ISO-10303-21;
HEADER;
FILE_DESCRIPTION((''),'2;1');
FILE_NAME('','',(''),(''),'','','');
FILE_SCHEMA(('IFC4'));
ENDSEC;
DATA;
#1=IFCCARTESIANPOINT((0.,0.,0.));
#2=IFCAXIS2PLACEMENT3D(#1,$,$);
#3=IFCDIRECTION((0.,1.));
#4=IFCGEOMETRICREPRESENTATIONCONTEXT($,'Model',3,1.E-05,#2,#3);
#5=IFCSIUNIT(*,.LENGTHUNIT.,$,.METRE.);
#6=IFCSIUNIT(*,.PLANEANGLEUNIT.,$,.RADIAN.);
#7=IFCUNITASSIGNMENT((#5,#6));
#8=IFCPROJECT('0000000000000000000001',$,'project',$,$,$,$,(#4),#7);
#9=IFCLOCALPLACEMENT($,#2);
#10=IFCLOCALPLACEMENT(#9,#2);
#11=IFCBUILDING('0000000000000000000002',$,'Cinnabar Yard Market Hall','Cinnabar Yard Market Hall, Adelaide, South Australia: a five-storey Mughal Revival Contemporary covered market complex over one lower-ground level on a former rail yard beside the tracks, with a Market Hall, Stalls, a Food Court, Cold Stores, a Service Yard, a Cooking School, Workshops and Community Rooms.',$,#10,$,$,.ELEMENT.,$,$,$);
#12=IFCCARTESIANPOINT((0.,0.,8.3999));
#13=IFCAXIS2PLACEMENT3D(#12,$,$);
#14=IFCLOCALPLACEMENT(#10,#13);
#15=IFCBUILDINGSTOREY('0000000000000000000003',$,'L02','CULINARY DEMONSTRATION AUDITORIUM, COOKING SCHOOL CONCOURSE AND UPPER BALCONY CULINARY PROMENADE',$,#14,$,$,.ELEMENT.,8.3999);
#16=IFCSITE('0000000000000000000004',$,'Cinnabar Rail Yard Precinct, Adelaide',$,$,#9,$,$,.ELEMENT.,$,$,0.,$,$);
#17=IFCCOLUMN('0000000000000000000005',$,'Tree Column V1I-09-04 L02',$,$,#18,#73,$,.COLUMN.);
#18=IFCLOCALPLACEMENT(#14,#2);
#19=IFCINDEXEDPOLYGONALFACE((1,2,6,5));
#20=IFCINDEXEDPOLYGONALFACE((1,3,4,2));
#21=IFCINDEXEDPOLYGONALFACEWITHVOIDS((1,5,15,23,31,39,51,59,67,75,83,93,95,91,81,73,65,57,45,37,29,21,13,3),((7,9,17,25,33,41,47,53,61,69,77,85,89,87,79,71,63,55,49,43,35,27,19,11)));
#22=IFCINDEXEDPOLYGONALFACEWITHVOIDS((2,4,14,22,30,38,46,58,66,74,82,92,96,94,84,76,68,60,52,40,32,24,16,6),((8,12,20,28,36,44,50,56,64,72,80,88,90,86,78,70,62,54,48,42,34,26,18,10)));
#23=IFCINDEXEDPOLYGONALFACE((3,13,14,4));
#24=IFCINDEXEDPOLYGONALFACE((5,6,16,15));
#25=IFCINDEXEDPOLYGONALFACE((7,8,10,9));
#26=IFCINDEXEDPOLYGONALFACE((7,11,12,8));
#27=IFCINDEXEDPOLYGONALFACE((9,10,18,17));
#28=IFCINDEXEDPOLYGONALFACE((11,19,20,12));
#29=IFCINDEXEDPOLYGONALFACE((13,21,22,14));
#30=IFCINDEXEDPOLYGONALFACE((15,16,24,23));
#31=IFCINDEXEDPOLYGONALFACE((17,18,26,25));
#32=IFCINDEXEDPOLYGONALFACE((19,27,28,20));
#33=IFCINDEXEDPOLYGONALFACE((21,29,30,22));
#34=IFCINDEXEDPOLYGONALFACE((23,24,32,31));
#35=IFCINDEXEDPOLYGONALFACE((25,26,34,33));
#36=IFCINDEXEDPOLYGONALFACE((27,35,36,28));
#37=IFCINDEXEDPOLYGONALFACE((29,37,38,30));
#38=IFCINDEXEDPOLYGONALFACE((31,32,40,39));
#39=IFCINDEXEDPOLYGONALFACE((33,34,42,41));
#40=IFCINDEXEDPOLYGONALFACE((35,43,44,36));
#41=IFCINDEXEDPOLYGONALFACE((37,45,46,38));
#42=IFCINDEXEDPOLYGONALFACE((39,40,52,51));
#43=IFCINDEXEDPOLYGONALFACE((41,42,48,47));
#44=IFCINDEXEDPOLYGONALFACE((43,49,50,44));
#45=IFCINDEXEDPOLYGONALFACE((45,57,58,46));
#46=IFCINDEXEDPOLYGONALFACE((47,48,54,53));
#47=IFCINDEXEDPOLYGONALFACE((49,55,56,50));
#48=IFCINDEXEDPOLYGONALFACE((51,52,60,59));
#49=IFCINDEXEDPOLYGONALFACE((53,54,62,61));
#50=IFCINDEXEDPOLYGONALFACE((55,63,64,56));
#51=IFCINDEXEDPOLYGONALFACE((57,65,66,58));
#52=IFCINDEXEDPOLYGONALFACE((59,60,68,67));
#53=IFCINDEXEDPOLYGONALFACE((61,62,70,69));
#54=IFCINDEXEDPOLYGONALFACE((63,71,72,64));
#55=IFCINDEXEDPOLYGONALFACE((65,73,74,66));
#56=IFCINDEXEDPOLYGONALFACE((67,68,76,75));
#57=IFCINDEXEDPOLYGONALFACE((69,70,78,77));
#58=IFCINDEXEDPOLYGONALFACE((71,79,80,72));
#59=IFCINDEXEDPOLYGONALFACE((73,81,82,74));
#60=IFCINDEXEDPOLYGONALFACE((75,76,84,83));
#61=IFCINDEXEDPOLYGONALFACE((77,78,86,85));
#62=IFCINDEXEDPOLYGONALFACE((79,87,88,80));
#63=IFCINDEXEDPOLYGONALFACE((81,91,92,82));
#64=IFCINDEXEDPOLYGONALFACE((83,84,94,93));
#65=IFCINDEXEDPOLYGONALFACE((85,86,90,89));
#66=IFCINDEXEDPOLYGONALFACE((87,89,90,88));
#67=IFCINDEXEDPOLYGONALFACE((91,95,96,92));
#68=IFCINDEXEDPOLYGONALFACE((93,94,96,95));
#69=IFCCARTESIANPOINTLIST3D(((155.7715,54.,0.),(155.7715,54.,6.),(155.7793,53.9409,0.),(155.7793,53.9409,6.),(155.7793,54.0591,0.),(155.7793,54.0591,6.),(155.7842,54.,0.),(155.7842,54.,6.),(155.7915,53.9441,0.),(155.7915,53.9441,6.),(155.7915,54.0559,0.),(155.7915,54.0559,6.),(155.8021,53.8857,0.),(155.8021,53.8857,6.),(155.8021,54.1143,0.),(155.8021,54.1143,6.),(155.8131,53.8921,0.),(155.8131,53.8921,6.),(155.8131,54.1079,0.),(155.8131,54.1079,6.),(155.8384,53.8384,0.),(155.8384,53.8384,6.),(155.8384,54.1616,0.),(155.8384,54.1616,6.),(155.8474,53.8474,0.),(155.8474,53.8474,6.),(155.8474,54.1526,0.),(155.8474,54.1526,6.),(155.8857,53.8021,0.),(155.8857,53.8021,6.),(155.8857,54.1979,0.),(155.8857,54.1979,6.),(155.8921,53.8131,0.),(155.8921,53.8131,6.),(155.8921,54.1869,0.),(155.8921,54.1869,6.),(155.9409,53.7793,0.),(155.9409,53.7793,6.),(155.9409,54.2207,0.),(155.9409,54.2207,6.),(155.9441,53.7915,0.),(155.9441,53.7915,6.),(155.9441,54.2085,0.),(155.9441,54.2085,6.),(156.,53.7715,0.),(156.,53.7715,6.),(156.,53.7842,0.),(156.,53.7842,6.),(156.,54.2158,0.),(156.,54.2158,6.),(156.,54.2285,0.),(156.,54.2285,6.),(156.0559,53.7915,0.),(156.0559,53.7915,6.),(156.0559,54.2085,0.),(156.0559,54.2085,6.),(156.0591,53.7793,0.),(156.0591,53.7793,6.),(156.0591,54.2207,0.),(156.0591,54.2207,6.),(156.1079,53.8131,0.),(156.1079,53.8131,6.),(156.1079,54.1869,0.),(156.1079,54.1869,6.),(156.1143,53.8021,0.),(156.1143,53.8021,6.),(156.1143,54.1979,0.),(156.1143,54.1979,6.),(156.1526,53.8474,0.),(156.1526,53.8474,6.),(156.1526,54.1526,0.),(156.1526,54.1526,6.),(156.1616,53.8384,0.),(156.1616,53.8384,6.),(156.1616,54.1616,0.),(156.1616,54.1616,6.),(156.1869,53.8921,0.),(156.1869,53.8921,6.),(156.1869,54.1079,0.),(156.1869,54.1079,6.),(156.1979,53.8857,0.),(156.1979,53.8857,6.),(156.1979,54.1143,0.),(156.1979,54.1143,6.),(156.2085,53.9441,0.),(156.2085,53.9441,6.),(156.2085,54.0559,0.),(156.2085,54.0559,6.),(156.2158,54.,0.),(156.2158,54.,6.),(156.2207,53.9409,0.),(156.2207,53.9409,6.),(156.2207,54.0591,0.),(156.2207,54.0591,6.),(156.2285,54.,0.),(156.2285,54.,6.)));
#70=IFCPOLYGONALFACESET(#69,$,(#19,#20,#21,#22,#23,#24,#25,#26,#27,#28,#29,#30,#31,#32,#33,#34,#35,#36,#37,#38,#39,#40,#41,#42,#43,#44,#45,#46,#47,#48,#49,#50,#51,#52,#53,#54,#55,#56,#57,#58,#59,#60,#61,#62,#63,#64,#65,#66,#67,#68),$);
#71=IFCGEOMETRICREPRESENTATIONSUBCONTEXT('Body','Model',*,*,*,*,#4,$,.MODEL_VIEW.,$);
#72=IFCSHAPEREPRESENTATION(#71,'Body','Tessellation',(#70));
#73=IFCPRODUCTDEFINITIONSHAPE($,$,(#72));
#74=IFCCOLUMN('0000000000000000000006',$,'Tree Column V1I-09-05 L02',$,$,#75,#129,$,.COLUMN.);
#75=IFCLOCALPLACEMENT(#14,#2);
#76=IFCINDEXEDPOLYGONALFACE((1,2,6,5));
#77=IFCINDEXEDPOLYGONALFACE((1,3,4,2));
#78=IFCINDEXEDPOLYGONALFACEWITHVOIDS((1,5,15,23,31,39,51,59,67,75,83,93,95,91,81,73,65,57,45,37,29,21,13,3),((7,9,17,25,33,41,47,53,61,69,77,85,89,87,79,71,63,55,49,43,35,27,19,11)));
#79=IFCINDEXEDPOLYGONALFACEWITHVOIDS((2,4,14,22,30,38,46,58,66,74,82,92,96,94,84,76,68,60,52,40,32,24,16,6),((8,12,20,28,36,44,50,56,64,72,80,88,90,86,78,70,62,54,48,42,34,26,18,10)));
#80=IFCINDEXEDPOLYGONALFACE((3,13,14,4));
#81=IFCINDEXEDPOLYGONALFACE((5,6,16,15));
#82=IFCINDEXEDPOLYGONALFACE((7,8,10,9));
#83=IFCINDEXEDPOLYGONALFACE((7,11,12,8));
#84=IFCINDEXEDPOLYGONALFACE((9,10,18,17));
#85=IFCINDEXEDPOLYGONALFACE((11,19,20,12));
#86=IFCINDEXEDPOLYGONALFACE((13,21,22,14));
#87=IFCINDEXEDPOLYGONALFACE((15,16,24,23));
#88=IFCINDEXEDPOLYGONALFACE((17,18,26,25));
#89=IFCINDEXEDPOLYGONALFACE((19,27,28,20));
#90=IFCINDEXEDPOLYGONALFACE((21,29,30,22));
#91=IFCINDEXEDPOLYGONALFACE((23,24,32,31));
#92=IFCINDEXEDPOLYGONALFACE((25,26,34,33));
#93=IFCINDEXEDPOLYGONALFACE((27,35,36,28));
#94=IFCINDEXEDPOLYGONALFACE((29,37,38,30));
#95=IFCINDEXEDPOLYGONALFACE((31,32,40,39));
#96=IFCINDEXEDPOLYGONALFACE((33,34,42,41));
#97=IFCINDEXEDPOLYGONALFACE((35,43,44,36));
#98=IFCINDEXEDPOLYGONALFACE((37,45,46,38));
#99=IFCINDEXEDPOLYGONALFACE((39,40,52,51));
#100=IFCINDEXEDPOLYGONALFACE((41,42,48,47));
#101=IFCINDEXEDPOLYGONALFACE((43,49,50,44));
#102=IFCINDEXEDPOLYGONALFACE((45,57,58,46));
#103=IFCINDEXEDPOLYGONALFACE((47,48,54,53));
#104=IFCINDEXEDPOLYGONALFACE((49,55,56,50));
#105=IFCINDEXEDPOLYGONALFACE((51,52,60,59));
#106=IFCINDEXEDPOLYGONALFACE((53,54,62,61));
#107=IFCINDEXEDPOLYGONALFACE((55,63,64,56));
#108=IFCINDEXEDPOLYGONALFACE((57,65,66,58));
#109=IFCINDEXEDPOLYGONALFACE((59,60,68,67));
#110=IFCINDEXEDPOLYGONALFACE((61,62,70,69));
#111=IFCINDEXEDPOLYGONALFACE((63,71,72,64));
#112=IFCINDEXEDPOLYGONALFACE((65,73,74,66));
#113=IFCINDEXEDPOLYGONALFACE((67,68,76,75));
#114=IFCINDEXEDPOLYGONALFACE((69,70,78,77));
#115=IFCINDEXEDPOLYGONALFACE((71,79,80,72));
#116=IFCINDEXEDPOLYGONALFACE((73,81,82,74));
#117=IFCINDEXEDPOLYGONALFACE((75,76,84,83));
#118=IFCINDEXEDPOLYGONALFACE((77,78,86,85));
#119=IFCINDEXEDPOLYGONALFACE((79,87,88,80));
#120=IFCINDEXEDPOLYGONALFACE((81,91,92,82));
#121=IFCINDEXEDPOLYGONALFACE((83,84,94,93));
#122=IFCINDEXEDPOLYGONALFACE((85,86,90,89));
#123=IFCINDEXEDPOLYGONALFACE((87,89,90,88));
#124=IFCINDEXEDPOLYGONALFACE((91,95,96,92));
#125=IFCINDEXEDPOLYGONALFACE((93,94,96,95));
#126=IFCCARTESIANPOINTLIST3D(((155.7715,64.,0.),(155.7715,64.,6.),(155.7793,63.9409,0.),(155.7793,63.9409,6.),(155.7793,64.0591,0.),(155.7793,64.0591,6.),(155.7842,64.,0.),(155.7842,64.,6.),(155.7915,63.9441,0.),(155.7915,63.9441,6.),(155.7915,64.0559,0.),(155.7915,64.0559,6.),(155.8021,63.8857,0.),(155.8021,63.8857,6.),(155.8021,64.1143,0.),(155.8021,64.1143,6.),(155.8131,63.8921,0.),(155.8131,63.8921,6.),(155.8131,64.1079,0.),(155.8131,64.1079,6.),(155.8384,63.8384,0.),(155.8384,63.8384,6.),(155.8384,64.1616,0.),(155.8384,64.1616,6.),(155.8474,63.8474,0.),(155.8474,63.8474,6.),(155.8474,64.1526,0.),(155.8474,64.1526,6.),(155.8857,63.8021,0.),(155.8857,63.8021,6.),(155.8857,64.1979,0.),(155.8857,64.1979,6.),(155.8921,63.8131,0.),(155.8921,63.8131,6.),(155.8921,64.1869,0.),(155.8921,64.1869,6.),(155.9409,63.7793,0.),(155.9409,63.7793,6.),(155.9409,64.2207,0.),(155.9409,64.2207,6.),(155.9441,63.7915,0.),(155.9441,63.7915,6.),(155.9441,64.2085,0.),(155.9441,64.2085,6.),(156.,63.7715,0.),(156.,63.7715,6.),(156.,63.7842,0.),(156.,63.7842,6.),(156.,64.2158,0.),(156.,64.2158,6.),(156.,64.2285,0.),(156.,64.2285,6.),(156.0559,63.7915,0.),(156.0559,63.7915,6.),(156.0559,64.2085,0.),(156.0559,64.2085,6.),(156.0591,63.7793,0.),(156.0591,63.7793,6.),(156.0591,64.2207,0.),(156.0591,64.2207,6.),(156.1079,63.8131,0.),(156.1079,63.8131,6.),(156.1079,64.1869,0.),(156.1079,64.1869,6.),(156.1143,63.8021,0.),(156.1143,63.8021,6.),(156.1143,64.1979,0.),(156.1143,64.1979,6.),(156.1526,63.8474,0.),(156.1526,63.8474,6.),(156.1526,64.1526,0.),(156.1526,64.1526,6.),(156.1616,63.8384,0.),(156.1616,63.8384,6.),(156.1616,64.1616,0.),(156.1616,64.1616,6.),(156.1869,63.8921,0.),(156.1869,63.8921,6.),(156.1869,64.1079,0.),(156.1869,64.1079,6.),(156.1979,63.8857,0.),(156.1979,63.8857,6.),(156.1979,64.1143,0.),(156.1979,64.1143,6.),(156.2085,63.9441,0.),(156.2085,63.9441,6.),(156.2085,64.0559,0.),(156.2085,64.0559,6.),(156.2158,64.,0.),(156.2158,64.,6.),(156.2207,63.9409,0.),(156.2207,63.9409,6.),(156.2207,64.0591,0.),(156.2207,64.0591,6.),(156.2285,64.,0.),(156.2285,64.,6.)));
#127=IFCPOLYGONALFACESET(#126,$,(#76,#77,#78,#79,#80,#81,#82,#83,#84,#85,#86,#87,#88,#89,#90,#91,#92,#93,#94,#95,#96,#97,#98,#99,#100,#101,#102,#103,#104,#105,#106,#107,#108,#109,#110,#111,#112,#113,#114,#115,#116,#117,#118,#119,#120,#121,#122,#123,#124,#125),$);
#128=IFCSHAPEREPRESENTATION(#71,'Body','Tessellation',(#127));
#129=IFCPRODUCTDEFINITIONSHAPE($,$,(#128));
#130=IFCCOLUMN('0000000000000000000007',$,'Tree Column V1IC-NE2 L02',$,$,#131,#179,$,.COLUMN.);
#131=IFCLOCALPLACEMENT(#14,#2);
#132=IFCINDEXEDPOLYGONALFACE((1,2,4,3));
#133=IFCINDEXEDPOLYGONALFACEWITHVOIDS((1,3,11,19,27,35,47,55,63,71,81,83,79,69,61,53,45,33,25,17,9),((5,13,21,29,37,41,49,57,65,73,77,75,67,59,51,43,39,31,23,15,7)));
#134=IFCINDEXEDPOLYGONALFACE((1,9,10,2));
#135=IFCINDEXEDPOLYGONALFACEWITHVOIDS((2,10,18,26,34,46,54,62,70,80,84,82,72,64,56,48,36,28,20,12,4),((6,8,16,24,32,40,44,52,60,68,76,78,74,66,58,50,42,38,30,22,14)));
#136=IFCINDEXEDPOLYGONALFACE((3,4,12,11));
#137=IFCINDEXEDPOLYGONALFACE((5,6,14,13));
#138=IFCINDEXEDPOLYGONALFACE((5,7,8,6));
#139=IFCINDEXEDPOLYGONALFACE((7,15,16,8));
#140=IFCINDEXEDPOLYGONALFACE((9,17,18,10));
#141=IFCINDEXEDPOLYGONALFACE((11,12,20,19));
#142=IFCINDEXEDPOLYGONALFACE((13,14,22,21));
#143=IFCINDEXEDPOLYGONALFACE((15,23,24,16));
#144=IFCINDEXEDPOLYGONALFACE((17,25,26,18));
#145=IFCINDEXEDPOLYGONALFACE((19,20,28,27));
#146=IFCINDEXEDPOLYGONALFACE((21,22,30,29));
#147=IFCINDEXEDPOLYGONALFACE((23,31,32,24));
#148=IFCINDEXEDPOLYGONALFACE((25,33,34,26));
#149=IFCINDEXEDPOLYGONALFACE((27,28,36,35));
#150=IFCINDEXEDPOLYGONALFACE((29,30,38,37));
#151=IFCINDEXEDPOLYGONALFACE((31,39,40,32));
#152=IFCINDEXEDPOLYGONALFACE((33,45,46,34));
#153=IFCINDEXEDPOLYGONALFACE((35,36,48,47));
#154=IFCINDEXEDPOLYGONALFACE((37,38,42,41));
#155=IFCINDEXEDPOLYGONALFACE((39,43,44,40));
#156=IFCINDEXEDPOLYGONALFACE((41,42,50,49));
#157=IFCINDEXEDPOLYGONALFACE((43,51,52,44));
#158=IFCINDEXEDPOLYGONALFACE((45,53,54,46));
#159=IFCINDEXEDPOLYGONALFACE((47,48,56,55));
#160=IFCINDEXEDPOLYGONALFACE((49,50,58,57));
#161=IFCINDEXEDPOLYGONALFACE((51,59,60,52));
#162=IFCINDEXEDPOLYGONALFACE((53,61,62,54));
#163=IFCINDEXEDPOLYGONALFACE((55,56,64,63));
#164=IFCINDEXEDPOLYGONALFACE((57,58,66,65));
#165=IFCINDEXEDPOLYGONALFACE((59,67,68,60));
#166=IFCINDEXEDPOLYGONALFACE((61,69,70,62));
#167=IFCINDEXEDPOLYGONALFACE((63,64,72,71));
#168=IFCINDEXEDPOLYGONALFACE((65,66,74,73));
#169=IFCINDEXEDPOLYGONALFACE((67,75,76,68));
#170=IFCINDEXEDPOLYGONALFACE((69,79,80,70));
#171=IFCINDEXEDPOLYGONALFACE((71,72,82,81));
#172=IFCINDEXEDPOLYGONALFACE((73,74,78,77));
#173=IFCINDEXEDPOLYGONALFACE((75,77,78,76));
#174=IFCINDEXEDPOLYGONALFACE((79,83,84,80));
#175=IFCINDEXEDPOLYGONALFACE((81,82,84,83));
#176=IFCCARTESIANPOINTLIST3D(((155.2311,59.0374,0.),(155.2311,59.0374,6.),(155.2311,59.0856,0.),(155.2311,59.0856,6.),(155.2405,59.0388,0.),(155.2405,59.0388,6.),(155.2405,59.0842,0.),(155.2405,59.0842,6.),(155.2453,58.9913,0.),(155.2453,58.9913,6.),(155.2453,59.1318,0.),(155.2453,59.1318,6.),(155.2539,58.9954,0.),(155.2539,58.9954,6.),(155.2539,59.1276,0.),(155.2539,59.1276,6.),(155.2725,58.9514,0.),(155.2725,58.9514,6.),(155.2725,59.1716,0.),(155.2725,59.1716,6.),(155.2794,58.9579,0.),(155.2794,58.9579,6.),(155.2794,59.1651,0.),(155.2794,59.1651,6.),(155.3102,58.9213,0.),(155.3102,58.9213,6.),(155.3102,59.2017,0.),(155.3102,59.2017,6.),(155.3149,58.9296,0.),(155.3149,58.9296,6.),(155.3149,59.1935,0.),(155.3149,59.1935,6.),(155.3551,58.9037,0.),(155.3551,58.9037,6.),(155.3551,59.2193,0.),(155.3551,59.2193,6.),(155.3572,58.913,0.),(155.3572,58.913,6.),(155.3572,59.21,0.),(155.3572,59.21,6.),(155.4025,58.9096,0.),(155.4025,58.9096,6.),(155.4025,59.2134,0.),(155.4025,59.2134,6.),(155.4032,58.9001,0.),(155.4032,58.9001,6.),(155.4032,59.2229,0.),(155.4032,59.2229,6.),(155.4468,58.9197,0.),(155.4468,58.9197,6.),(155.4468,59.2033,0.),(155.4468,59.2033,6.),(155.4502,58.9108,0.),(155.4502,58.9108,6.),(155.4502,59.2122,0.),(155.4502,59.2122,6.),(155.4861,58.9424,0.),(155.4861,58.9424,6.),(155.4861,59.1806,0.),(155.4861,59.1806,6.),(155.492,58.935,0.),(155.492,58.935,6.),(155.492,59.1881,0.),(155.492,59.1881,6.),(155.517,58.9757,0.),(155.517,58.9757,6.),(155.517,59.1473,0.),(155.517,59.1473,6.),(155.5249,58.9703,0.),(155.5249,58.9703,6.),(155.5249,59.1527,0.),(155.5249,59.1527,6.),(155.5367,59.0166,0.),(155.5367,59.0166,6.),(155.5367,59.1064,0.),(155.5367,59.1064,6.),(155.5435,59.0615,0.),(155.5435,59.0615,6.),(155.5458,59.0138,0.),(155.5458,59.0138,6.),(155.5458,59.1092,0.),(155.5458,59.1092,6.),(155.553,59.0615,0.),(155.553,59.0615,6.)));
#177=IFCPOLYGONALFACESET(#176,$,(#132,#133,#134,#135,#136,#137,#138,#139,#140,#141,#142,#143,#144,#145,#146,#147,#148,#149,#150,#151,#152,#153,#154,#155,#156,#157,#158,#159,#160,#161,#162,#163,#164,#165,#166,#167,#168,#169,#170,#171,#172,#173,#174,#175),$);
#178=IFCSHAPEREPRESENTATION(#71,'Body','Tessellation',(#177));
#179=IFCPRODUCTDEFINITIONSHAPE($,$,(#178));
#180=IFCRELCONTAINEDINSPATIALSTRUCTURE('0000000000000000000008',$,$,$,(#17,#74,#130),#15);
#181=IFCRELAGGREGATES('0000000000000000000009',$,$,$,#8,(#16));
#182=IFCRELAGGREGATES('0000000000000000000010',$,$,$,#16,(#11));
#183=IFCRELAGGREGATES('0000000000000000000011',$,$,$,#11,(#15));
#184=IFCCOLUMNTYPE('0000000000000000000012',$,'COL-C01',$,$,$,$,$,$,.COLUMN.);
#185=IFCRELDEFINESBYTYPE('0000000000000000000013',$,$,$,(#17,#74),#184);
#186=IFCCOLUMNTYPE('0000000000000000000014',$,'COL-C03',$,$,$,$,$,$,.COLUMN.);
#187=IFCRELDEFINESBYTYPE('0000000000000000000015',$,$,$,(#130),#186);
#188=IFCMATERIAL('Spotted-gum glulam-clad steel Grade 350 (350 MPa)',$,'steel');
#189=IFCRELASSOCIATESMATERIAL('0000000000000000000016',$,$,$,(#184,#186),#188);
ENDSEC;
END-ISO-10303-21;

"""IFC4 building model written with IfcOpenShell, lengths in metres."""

from ifc_helpers import new_model, si_unit, direction, frame, origin, origin_2d_with_axis, place, context, subcontext, project, spatial, hollow_circle, extrude, material, material_profile, profile_set, type_object, element, save


model = new_model("IFC4")

# Units and contexts
model_context = context("Model", 3, precision=1e-05, world=origin(), true_north=direction((0.0, 1.0)))
body_context = subcontext(model_context, "Body", "Model", "MODEL_VIEW")
ifc_project = project(units=[si_unit("LENGTHUNIT", "METRE"), si_unit("PLANEANGLEUNIT", "RADIAN")], contexts=[model_context])

# Site, building, storey
site_placement = place(None, origin())
site = spatial("IfcSite", under=ifc_project, at=site_placement, Name="Cinnabar Rail Yard Precinct, Adelaide", CompositionType="ELEMENT", RefElevation=0.0)
building_placement = place(site_placement, origin())
building = spatial("IfcBuilding", under=site, at=building_placement, Name="Cinnabar Yard Market Hall", Description="Cinnabar Yard Market Hall, Adelaide, South Australia: a five-storey Mughal Revival Contemporary covered market complex over one lower-ground level on a former rail yard beside the tracks, with a Market Hall, Stalls, a Food Court, Cold Stores, a Service Yard, a Cooking School, Workshops and Community Rooms.", CompositionType="ELEMENT")
storey_placement = place(building_placement, frame((0.0, 0.0, 8.3999)))
storey = spatial("IfcBuildingStorey", under=building, at=storey_placement, Name="L02", Description="CULINARY DEMONSTRATION AUDITORIUM, COOKING SCHOOL CONCOURSE AND UPPER BALCONY CULINARY PROMENADE", CompositionType="ELEMENT", Elevation=8.3999)

# Columns
ifc_material_1 = material(Name="Spotted-gum glulam-clad steel Grade 350 (350 MPa)", Category="steel")
ifc_material_profile_1 = material_profile(ifc_material_1, hollow_circle(Radius=0.2285, WallThickness=0.0127, at=origin_2d_with_axis()), Name="457.0x12.7CHS")
ifc_profile_set_1 = profile_set([ifc_material_profile_1], Name="Spotted-gum glulam-clad steel Grade 350 (350 MPa)")
column_type_1 = type_object("IfcColumnType", Name="COL-C01", PredefinedType="COLUMN", material=ifc_profile_set_1)
for number, where, z_axis, x_axis, name in (
    (1, (156.0, 54.0, 0.0), (0.0, 0.0, 1.0), (1.0, 0.0, 0.0), "Tree Column V1I-09-04 L02"),
    (2, (156.0, 64.0, 0.0), (0.0, 0.0, 1.0), (1.0, 0.0, 0.0), "Tree Column V1I-09-05 L02"),
):
    element("IfcColumn", number, at=place(storey_placement, frame(where, z_axis=z_axis, x_axis=x_axis)), inside=storey, type_object=column_type_1, Name=name, PredefinedType="COLUMN", context=body_context, shape_type="SweptSolid", body=[
        extrude(hollow_circle(Radius=0.2285, WallThickness=0.0127, at=origin_2d_with_axis()), origin(), (0.0, 0.0, 1.0), 6.0),
    ])
ifc_material_profile_2 = material_profile(ifc_material_1, hollow_circle(Radius=0.1619, WallThickness=0.0095, at=origin_2d_with_axis()), Name="323.9x9.5CHS")
ifc_profile_set_2 = profile_set([ifc_material_profile_2], Name="Spotted-gum glulam-clad steel Grade 350 (350 MPa)")
column_type_2 = type_object("IfcColumnType", Name="COL-C03", PredefinedType="COLUMN", material=ifc_profile_set_2)
for number, where, z_axis, x_axis, name in (
    (3, (155.3911, 59.0615, 0.0), (0.0, 0.0, 1.0), (1.0, 0.0, 0.0), "Tree Column V1IC-NE2 L02"),
):
    element("IfcColumn", number, at=place(storey_placement, frame(where, z_axis=z_axis, x_axis=x_axis)), inside=storey, type_object=column_type_2, Name=name, PredefinedType="COLUMN", context=body_context, shape_type="SweptSolid", body=[
        extrude(hollow_circle(Radius=0.1619, WallThickness=0.0095, at=origin_2d_with_axis()), origin(), (0.0, 0.0, 1.0), 6.0),
    ])

save(model, "model.ifc")
